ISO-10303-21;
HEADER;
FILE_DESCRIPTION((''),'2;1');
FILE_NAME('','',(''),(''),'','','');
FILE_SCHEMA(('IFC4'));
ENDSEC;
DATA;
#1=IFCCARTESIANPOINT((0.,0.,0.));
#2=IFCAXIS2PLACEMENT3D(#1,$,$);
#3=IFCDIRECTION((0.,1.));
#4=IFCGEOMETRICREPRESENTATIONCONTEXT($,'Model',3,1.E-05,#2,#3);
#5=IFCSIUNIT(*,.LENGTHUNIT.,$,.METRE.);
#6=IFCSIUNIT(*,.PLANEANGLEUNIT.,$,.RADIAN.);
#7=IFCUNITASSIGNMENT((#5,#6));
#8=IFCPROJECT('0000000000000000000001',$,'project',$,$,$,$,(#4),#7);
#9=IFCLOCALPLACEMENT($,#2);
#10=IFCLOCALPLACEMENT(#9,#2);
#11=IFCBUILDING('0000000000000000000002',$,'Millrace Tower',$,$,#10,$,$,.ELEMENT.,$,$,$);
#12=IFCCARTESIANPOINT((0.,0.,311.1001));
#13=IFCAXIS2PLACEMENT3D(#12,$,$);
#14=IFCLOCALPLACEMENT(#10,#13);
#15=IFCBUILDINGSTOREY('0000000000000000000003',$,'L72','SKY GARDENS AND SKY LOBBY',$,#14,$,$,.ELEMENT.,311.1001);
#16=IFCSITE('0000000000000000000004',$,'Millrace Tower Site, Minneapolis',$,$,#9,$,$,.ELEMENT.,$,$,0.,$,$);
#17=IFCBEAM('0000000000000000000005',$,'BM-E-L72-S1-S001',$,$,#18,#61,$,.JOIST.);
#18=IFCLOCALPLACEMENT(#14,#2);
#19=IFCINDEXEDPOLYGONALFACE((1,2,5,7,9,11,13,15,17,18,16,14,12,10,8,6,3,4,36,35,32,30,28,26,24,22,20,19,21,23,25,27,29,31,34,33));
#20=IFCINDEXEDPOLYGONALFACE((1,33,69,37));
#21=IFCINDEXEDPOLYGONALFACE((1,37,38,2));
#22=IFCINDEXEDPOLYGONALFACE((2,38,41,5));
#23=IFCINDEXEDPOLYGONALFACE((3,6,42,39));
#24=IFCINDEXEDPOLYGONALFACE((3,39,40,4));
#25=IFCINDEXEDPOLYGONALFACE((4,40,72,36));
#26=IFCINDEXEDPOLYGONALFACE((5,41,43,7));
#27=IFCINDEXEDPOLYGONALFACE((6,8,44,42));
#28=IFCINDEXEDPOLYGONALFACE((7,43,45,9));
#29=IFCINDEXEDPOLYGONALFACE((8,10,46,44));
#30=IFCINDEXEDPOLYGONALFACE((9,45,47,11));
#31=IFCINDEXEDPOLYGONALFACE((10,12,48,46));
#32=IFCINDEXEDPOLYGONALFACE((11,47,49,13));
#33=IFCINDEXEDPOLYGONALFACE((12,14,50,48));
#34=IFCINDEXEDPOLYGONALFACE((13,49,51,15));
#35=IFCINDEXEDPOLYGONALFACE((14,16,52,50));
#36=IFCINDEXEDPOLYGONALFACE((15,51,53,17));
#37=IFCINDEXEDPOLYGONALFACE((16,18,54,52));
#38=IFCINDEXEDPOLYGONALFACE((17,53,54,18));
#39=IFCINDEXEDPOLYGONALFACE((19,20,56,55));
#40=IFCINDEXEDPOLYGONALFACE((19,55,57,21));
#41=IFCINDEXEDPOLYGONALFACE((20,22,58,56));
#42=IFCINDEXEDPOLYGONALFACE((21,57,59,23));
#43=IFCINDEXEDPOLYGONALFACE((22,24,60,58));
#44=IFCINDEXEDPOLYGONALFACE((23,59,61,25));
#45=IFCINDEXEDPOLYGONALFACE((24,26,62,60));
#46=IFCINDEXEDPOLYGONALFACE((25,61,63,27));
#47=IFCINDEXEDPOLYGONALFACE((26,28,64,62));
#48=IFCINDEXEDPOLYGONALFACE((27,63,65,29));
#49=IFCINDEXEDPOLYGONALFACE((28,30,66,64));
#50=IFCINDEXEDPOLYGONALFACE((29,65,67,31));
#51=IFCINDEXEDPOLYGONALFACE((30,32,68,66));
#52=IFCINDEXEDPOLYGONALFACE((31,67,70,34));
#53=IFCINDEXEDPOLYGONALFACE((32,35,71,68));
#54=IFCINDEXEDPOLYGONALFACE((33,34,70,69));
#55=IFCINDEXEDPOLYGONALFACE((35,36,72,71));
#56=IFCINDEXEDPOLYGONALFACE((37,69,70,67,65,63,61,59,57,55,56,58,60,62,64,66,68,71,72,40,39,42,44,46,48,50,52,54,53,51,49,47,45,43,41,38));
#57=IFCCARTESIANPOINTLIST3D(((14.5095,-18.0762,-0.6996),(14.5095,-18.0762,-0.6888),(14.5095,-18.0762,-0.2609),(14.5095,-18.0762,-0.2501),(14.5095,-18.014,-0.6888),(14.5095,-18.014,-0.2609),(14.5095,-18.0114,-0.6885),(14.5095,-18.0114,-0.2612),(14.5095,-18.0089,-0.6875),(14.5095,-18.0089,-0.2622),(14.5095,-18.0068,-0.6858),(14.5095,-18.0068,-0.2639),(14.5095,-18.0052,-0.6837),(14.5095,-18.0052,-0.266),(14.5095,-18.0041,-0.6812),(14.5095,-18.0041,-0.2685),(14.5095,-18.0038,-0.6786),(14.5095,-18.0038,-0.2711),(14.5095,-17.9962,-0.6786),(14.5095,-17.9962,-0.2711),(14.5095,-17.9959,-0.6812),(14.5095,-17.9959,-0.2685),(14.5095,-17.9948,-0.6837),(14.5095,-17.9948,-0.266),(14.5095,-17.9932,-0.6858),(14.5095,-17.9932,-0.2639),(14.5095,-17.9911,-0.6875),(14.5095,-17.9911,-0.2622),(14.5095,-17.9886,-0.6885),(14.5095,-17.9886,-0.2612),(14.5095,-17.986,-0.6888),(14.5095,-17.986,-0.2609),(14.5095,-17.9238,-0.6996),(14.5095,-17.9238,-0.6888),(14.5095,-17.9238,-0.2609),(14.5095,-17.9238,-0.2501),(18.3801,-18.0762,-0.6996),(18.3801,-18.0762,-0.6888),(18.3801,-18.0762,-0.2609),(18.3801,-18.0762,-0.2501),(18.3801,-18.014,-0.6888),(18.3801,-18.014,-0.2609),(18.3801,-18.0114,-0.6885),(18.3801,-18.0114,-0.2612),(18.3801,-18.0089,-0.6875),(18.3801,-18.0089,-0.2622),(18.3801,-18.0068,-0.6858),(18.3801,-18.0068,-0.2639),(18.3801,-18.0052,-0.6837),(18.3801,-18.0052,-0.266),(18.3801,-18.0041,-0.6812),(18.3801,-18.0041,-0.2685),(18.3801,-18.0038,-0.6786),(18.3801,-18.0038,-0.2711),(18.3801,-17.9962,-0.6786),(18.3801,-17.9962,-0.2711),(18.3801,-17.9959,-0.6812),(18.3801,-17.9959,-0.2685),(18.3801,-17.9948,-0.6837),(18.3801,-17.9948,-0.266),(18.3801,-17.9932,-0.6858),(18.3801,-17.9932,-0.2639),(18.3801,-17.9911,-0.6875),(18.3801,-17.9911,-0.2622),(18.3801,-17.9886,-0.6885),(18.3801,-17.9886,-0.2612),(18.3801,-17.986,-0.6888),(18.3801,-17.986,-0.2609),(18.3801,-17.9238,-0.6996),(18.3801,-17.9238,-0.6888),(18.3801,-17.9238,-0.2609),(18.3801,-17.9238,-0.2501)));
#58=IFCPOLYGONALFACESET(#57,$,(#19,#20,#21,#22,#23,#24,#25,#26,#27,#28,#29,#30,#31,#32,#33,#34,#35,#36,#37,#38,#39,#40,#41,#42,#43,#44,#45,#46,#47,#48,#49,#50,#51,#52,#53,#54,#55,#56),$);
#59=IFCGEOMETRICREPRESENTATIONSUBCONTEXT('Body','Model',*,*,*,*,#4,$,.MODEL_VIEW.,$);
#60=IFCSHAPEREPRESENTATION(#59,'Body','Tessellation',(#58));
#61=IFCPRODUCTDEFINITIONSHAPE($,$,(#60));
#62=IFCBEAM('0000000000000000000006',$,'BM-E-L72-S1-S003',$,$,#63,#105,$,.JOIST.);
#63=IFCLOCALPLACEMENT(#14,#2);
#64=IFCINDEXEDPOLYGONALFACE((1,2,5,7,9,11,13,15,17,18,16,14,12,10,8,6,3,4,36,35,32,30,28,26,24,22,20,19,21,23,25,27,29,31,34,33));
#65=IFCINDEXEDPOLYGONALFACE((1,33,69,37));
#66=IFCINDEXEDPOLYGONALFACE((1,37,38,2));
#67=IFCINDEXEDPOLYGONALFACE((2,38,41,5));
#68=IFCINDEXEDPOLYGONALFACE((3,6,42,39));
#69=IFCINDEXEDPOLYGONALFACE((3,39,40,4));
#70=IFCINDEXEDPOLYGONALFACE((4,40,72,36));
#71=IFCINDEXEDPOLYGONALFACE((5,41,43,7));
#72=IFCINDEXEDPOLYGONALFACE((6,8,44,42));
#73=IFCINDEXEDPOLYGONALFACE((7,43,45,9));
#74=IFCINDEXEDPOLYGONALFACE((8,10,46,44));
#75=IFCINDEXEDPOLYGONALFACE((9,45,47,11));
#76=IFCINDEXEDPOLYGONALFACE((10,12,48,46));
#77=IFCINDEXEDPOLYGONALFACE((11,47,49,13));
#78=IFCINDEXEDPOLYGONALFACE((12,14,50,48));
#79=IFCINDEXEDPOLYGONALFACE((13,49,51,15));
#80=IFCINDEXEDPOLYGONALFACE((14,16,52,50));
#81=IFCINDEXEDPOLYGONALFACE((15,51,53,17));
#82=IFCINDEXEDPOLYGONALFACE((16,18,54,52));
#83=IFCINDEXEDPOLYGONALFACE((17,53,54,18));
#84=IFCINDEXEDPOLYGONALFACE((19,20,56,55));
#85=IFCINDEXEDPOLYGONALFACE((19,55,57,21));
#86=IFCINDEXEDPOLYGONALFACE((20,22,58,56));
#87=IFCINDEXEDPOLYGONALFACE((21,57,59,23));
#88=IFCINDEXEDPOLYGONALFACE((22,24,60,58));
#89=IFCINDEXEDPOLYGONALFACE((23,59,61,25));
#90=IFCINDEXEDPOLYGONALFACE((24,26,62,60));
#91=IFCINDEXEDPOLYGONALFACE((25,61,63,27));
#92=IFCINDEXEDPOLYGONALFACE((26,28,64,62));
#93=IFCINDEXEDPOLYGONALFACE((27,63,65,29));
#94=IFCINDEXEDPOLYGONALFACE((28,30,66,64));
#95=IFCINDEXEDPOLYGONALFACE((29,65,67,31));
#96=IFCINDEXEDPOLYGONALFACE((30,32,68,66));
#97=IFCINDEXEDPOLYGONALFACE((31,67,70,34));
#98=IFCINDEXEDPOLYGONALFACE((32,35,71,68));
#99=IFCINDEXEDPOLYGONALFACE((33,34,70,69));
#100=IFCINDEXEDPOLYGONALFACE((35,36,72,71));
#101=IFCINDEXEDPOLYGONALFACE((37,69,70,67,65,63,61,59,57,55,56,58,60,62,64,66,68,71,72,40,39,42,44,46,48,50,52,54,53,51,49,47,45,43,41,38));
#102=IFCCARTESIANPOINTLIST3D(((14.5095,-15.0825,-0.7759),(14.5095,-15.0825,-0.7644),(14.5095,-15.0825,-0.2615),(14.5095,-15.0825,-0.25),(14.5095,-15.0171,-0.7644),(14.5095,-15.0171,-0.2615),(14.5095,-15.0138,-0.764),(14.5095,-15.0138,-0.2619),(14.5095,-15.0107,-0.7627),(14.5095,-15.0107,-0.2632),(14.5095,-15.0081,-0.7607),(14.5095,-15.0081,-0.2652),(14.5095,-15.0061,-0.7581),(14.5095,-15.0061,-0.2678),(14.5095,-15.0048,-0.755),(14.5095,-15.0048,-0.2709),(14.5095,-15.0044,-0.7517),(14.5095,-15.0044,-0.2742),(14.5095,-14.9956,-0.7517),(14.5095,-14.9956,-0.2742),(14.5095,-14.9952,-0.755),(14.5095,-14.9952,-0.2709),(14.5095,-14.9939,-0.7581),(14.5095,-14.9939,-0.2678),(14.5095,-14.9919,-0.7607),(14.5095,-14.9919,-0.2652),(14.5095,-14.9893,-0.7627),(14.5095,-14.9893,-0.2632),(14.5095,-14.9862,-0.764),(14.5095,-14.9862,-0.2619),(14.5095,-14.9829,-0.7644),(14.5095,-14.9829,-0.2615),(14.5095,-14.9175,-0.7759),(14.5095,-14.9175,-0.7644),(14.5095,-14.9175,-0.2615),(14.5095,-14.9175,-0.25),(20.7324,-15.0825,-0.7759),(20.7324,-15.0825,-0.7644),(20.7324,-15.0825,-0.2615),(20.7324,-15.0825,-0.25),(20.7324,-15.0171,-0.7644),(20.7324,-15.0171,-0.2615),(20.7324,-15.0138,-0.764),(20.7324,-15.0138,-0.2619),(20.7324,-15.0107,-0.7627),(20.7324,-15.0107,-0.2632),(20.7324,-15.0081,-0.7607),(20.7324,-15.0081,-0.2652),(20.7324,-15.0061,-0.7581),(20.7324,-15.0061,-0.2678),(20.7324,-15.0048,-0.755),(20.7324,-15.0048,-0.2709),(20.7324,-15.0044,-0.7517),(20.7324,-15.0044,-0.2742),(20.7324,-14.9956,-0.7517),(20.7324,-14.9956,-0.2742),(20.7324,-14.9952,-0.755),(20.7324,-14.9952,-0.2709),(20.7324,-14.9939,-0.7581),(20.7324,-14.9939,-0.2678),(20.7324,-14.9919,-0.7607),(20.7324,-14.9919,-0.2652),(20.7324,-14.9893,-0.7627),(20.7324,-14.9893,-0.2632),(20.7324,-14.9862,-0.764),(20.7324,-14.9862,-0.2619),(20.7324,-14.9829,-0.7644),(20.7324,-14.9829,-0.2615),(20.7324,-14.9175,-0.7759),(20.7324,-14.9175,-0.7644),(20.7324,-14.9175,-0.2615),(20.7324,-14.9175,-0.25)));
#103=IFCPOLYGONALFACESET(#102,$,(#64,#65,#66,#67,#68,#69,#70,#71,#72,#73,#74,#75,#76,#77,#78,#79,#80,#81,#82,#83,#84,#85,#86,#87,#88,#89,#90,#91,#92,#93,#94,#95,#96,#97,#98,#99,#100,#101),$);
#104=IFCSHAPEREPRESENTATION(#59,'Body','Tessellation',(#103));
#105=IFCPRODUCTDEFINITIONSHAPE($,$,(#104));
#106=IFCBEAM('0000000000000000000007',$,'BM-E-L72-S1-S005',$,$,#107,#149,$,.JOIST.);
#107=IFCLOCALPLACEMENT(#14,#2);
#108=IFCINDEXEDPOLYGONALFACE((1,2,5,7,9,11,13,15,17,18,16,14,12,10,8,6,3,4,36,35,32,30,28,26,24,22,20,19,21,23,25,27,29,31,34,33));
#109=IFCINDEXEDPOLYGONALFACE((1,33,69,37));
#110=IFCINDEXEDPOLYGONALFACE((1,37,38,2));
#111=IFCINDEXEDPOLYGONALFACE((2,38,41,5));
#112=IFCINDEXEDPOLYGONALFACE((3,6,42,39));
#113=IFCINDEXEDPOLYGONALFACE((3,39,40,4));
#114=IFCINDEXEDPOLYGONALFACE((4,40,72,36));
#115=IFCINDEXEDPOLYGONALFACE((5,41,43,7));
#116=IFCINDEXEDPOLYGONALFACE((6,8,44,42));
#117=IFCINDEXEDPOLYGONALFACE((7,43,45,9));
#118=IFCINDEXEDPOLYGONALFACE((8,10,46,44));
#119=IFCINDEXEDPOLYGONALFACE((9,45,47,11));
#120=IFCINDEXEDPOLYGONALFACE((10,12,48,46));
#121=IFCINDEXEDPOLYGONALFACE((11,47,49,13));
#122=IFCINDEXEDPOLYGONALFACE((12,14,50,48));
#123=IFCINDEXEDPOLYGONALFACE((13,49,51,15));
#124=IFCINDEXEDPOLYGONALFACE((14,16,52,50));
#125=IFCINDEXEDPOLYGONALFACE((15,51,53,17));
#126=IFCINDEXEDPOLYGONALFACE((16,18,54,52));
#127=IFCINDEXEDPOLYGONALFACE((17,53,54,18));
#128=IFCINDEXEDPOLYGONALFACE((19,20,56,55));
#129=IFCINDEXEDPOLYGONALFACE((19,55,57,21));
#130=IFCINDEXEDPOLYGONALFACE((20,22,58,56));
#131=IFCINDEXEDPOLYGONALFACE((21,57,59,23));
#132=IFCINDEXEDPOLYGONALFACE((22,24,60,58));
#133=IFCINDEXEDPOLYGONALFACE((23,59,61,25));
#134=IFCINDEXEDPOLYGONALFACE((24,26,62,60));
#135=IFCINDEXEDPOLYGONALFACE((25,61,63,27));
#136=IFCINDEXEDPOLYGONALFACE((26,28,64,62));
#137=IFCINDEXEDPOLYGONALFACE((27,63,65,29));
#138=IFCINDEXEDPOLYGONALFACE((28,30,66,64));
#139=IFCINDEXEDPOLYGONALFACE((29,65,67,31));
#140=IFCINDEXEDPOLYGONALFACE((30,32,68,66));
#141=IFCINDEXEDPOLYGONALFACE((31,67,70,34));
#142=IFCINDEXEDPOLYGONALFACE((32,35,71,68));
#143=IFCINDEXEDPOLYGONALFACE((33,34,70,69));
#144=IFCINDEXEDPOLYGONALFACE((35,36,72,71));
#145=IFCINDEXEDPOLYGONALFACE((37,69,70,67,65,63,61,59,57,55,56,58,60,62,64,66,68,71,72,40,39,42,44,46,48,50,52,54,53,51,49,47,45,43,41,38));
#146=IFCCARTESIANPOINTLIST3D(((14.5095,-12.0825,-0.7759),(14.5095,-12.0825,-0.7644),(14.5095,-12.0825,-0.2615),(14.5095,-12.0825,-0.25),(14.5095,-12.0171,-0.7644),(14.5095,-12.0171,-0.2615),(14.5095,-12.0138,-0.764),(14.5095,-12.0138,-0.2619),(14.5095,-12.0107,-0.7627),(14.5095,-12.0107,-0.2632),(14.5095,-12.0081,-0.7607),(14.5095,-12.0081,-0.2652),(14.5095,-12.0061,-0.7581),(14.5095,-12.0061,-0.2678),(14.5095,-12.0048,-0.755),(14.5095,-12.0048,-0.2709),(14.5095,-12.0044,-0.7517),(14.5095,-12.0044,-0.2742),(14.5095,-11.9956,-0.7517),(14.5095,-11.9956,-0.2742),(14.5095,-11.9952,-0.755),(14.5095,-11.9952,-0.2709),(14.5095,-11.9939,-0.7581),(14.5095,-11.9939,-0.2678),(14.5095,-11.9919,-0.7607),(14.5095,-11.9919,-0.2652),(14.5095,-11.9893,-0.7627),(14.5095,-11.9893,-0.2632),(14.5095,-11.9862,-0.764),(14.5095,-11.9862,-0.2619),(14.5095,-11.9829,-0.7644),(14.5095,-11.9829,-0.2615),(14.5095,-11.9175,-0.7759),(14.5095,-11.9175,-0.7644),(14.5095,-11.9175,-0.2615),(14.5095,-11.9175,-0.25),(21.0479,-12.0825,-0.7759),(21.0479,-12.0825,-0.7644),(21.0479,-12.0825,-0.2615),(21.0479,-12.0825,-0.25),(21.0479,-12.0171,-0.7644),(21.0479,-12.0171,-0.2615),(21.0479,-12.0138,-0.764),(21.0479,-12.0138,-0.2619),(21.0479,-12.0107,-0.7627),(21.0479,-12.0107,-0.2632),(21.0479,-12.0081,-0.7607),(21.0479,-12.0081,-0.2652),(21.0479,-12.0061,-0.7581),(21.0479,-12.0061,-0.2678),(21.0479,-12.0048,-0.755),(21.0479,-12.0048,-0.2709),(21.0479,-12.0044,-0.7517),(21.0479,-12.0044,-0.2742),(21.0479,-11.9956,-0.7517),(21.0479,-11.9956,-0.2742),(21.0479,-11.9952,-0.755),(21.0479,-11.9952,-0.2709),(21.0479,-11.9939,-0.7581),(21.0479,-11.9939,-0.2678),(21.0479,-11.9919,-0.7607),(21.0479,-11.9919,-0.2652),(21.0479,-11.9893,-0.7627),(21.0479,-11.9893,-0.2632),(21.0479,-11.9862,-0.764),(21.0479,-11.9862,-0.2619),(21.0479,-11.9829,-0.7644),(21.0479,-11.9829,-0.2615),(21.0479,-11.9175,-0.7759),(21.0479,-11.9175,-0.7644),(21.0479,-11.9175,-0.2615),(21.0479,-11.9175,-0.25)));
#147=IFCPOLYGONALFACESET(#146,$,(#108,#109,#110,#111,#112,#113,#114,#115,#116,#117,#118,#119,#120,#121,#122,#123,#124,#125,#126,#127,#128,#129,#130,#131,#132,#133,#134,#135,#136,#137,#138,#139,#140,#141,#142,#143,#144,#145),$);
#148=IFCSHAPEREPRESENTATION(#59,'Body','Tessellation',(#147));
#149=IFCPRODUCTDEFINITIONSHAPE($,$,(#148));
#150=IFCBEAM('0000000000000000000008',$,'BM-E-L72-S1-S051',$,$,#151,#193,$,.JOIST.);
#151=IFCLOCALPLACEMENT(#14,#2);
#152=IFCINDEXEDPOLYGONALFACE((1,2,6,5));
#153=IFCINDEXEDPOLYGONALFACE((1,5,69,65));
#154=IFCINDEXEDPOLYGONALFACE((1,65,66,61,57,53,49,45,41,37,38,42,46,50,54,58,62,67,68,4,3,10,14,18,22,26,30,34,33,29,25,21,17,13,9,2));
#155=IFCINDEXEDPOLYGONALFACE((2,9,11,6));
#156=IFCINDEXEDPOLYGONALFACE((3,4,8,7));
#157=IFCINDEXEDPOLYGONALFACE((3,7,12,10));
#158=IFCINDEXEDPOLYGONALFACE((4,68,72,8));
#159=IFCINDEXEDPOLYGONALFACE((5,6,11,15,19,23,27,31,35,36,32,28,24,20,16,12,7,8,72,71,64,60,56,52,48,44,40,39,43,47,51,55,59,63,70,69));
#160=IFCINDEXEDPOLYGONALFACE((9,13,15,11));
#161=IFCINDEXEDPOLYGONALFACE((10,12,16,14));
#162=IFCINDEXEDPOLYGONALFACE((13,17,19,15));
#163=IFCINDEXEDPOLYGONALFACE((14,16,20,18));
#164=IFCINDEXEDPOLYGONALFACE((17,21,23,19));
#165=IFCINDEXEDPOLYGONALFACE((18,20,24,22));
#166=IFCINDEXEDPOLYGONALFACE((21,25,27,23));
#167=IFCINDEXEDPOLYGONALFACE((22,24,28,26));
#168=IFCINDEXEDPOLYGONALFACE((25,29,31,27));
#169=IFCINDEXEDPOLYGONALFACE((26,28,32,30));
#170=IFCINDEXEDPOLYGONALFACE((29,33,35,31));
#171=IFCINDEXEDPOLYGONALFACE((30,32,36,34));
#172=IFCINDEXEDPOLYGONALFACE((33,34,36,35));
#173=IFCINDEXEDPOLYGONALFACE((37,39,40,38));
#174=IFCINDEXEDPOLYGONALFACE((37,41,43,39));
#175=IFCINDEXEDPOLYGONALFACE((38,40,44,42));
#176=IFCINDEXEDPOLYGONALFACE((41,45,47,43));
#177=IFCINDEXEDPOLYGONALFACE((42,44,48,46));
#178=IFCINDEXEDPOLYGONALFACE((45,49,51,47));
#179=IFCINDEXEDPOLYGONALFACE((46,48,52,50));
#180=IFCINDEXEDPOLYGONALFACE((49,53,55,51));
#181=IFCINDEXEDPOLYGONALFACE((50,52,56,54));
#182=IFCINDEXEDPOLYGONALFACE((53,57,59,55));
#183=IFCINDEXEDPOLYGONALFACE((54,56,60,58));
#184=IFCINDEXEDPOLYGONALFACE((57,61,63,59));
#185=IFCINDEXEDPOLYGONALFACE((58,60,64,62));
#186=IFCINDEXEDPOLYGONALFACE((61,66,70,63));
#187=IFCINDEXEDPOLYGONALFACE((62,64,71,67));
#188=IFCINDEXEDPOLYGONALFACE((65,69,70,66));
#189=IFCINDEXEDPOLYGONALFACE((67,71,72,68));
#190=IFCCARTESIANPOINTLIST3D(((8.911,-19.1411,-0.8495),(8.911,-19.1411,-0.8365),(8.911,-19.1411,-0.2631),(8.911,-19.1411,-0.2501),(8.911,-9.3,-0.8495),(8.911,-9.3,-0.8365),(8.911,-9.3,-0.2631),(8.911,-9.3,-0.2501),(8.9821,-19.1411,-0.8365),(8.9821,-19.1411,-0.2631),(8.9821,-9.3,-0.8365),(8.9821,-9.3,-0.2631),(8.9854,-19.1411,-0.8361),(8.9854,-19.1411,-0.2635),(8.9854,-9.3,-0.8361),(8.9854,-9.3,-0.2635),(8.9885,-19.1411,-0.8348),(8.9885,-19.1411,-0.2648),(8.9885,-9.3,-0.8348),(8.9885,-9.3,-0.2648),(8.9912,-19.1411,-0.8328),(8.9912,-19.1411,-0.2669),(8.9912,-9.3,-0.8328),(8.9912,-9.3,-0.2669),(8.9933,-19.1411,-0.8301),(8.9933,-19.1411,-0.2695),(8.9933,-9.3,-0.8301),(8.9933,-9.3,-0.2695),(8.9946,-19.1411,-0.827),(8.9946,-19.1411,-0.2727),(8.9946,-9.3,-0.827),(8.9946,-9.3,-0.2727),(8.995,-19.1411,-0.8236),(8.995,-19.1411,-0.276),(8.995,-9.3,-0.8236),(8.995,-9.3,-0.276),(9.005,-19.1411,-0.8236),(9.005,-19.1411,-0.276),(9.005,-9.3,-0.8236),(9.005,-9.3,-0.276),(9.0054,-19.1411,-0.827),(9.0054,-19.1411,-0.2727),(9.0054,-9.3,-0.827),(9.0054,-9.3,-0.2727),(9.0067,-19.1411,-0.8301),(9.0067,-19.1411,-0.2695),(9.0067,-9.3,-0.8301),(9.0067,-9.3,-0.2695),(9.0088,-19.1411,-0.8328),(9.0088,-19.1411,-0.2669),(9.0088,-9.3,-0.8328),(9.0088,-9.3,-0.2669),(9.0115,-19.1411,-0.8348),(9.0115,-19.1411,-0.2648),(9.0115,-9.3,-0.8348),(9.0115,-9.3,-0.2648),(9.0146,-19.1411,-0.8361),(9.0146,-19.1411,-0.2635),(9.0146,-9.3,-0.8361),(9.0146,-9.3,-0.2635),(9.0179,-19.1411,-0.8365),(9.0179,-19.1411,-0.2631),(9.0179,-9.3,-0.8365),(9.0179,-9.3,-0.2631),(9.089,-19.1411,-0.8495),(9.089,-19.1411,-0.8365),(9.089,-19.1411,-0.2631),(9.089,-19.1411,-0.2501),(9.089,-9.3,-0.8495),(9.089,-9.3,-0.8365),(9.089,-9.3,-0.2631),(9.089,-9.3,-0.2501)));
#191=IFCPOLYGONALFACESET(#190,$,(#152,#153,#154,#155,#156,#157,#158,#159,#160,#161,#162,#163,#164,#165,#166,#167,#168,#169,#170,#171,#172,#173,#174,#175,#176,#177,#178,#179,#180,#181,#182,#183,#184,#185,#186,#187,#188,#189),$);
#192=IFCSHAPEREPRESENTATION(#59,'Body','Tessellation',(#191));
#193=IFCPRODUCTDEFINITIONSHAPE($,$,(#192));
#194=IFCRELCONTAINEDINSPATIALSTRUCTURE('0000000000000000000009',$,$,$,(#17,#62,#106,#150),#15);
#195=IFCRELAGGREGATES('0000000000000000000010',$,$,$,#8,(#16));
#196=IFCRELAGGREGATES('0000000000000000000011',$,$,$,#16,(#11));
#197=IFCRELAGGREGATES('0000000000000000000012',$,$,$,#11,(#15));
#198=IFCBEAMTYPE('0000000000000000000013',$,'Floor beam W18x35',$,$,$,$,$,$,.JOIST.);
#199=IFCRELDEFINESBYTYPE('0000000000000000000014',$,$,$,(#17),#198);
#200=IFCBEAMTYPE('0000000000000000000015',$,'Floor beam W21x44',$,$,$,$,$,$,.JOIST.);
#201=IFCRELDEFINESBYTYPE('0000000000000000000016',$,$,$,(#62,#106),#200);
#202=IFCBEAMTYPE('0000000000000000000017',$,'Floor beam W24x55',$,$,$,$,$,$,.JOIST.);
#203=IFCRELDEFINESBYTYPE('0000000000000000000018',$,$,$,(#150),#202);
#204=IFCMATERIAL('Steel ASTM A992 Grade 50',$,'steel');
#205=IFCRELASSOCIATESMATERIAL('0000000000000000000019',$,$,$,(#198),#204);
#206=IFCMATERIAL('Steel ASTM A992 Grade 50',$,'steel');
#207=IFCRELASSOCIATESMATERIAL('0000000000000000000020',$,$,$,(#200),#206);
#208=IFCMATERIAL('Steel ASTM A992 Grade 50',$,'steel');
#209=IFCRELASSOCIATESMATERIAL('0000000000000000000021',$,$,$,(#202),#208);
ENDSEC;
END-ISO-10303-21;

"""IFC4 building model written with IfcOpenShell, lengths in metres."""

from ifc_helpers import new_model, si_unit, direction, frame, origin, origin_2d, place, context, subcontext, project, spatial, i_section, extrude, material, material_profile, profile_set, type_object, element, save


model = new_model("IFC4")

# Units and contexts
model_context = context("Model", 3, precision=1e-05, world=origin(), true_north=direction((0.0, 1.0)))
body_context = subcontext(model_context, "Body", "Model", "MODEL_VIEW")
ifc_project = project(units=[si_unit("LENGTHUNIT", "METRE"), si_unit("PLANEANGLEUNIT", "RADIAN")], contexts=[model_context])

# Site, building, storey
site_placement = place(None, origin())
site = spatial("IfcSite", under=ifc_project, at=site_placement, Name="Millrace Tower Site, Minneapolis", CompositionType="ELEMENT", RefElevation=0.0)
building_placement = place(site_placement, origin())
building = spatial("IfcBuilding", under=site, at=building_placement, Name="Millrace Tower", CompositionType="ELEMENT")
storey_placement = place(building_placement, frame((0.0, 0.0, 311.1001)))
storey = spatial("IfcBuildingStorey", under=building, at=storey_placement, Name="L72", Description="SKY GARDENS AND SKY LOBBY", CompositionType="ELEMENT", Elevation=311.1001)

# Beams
ifc_material_1 = material(Name="Steel ASTM A992 Grade 50", Category="steel")
ifc_material_profile_1 = material_profile(ifc_material_1, i_section(OverallWidth=0.1523, OverallDepth=0.4495, WebThickness=0.0076, FlangeThickness=0.0107, FilletRadius=0.0103, at=origin_2d()))
ifc_profile_set_1 = profile_set([ifc_material_profile_1], Name="Steel ASTM A992 Grade 50")
beam_type_1 = type_object("IfcBeamType", Name="Floor beam W18x35", PredefinedType="JOIST", material=ifc_profile_set_1)
beam_1_placement = place(storey_placement, frame((14.5095, -18.0, -0.4749), z_axis=(1.0, 0.0, 0.0), x_axis=(0.0, 1.0, 0.0)))
element("IfcBeam", 1, at=beam_1_placement, inside=storey, type_object=beam_type_1, Name="BM-E-L72-S1-S001", PredefinedType="JOIST", context=body_context, shape_type="SweptSolid", body=[
    extrude(i_section(OverallWidth=0.1523, OverallDepth=0.4495, WebThickness=0.0076, FlangeThickness=0.0107, FilletRadius=0.0103, at=origin_2d()), origin(), (0.0, 0.0, 1.0), 3.8706),
])
ifc_material_2 = material(Name="Steel ASTM A992 Grade 50", Category="steel")
ifc_material_profile_2 = material_profile(ifc_material_2, i_section(OverallWidth=0.165, OverallDepth=0.5259, WebThickness=0.0088, FlangeThickness=0.0115, FilletRadius=0.0127, at=origin_2d()))
ifc_profile_set_2 = profile_set([ifc_material_profile_2], Name="Steel ASTM A992 Grade 50")
beam_type_2 = type_object("IfcBeamType", Name="Floor beam W21x44", PredefinedType="JOIST", material=ifc_profile_set_2)
beam_2_placement = place(storey_placement, frame((14.5095, -15.0, -0.5129), z_axis=(1.0, 0.0, 0.0), x_axis=(0.0, 1.0, 0.0)))
element("IfcBeam", 2, at=beam_2_placement, inside=storey, type_object=beam_type_2, Name="BM-E-L72-S1-S003", PredefinedType="JOIST", context=body_context, shape_type="SweptSolid", body=[
    extrude(i_section(OverallWidth=0.165, OverallDepth=0.5259, WebThickness=0.0088, FlangeThickness=0.0115, FilletRadius=0.0127, at=origin_2d()), origin(), (0.0, 0.0, 1.0), 6.2229),
])
beam_3_placement = place(storey_placement, frame((14.5095, -12.0, -0.5129), z_axis=(1.0, 0.0, 0.0), x_axis=(0.0, 1.0, 0.0)))
element("IfcBeam", 3, at=beam_3_placement, inside=storey, type_object=beam_type_2, Name="BM-E-L72-S1-S005", PredefinedType="JOIST", context=body_context, shape_type="SweptSolid", body=[
    extrude(i_section(OverallWidth=0.165, OverallDepth=0.5259, WebThickness=0.0088, FlangeThickness=0.0115, FilletRadius=0.0127, at=origin_2d()), origin(), (0.0, 0.0, 1.0), 6.5383),
])
ifc_material_3 = material(Name="Steel ASTM A992 Grade 50", Category="steel")
ifc_material_profile_3 = material_profile(ifc_material_3, i_section(OverallWidth=0.178, OverallDepth=0.5994, WebThickness=0.01, FlangeThickness=0.0129, FilletRadius=0.0129, at=origin_2d()))
ifc_profile_set_3 = profile_set([ifc_material_profile_3], Name="Steel ASTM A992 Grade 50")
beam_type_3 = type_object("IfcBeamType", Name="Floor beam W24x55", PredefinedType="JOIST", material=ifc_profile_set_3)
beam_4_placement = place(storey_placement, frame((9.0, -19.1411, -0.5498), z_axis=(0.0, 1.0, 0.0), x_axis=(-1.0, 0.0, 0.0)))
element("IfcBeam", 4, at=beam_4_placement, inside=storey, type_object=beam_type_3, Name="BM-E-L72-S1-S051", PredefinedType="JOIST", context=body_context, shape_type="SweptSolid", body=[
    extrude(i_section(OverallWidth=0.178, OverallDepth=0.5994, WebThickness=0.01, FlangeThickness=0.0129, FilletRadius=0.0129, at=origin_2d()), origin(), (0.0, 0.0, 1.0), 9.8411),
])

save(model, "model.ifc")
